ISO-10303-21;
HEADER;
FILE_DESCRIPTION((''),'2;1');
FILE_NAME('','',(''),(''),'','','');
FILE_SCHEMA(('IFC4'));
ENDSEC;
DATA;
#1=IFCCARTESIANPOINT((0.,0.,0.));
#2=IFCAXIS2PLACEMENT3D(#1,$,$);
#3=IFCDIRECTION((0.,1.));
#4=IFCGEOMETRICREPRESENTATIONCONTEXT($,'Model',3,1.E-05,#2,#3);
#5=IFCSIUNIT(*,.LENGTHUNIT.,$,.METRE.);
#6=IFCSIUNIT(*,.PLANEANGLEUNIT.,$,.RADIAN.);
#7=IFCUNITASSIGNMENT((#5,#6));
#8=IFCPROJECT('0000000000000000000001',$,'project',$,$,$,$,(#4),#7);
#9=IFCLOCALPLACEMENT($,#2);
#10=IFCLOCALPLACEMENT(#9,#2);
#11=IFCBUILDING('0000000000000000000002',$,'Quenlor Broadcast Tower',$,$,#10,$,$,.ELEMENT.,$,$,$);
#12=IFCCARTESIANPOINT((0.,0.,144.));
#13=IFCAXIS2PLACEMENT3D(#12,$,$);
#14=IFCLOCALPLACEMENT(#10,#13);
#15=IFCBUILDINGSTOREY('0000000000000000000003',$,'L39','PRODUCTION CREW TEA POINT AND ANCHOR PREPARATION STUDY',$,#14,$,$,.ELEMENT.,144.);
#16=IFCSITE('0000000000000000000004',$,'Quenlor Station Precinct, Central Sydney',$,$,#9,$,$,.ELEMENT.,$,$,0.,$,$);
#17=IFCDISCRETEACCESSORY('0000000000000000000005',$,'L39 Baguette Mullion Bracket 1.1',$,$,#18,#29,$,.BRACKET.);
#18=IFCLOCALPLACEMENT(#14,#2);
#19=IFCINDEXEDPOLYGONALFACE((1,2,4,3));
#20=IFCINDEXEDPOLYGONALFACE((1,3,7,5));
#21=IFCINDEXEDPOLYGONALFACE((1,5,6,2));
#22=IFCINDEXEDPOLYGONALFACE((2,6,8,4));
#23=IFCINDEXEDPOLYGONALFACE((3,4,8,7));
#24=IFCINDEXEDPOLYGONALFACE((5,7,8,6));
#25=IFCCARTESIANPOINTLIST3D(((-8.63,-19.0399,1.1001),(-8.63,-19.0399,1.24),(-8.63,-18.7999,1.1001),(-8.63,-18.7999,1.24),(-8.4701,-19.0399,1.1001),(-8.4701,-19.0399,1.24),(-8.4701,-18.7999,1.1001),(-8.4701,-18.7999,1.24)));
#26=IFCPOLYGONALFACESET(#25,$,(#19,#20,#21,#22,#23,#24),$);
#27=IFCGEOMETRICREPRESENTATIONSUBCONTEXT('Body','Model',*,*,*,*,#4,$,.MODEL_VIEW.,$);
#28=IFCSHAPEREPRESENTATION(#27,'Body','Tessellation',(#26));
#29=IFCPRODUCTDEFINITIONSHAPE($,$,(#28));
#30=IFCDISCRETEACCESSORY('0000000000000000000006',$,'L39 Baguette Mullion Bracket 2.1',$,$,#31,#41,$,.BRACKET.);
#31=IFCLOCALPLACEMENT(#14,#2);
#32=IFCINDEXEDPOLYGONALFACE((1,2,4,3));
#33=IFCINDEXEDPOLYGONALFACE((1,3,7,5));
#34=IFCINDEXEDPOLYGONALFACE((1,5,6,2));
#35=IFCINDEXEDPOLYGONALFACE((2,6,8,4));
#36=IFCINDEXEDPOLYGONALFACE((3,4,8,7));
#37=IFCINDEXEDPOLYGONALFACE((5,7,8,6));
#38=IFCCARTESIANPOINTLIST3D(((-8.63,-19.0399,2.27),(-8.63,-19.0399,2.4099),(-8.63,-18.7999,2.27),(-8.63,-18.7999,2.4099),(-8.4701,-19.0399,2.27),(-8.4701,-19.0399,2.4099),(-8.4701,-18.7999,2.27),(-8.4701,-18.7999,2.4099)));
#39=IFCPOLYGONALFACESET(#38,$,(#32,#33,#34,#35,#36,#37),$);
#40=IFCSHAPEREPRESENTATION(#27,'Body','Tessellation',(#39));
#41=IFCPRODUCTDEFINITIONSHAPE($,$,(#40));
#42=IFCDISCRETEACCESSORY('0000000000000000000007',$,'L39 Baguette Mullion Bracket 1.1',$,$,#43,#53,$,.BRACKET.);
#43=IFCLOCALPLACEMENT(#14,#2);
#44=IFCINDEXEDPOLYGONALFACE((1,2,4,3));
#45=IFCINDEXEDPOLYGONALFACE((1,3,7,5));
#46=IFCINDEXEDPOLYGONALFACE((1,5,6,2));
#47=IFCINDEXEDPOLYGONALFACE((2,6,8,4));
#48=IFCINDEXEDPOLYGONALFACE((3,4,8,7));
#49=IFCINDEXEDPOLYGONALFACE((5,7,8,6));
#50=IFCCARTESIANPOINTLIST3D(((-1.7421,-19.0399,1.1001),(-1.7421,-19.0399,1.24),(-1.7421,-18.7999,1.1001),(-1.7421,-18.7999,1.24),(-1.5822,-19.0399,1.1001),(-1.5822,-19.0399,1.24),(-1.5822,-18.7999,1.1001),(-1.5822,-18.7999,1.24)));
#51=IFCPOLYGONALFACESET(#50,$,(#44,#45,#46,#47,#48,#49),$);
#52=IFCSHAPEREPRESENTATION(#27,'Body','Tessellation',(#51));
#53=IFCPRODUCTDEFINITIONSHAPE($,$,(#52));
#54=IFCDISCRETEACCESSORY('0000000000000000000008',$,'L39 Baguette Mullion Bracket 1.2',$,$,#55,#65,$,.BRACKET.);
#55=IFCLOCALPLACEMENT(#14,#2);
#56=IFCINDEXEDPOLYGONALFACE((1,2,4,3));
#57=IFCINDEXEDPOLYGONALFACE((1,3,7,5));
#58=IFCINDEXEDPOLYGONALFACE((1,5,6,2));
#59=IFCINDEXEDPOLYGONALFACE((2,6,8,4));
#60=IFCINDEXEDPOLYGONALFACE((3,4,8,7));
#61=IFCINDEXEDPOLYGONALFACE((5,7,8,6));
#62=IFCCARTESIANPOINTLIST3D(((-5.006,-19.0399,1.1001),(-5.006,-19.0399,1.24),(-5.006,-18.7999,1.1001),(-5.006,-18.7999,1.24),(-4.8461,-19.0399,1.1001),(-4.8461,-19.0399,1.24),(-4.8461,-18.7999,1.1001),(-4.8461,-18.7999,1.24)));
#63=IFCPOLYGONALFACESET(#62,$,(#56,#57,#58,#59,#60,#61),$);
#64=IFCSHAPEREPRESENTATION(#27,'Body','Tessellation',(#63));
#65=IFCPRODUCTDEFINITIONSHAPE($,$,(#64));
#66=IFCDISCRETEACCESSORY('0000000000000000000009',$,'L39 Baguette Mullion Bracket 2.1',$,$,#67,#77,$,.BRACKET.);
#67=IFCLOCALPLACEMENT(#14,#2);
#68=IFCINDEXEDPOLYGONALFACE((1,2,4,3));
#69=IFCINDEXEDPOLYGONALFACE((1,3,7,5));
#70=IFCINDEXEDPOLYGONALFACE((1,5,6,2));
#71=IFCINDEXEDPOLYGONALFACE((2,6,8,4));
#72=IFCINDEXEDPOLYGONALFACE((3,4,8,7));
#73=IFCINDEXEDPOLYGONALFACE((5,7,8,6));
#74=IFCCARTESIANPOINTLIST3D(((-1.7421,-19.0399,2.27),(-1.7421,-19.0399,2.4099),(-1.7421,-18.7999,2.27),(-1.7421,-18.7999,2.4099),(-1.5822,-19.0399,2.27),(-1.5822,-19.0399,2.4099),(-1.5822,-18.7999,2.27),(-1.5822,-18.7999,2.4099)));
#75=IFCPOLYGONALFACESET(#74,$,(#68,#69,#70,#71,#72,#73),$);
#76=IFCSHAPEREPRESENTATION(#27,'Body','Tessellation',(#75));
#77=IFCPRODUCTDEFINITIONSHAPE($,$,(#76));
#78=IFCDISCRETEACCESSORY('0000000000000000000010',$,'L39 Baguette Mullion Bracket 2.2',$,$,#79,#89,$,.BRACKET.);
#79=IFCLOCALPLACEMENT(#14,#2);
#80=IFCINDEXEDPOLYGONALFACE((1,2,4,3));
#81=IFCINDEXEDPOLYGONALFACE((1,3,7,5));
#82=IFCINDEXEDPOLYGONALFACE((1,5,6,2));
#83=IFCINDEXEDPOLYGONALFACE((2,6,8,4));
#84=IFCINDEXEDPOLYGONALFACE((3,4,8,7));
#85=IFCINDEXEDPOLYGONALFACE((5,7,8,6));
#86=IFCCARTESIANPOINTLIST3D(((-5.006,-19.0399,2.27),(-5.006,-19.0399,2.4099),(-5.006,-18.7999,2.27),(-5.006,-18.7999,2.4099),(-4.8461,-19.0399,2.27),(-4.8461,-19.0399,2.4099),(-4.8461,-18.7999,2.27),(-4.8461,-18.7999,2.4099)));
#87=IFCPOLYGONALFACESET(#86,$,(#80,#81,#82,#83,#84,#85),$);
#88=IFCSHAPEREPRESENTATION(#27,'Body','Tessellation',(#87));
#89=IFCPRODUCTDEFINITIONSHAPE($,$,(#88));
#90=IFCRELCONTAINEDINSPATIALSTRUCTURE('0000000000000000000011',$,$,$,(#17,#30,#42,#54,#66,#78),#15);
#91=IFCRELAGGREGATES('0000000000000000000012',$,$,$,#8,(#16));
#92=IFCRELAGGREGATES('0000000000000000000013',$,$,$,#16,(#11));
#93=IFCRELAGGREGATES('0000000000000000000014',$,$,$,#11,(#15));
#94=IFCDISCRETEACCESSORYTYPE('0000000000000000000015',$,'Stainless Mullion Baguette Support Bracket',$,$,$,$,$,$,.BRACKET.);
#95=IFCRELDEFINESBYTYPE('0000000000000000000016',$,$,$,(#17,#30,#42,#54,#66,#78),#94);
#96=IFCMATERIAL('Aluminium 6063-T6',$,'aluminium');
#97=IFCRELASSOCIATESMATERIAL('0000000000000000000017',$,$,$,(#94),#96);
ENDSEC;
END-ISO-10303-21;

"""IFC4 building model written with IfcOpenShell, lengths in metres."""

from ifc_helpers import new_model, si_unit, direction, frame, origin, origin_2d, place, context, subcontext, project, spatial, rectangle, extrude, material, type_object, element, save


model = new_model("IFC4")

# Units and contexts
model_context = context("Model", 3, precision=1e-05, world=origin(), true_north=direction((0.0, 1.0)))
body_context = subcontext(model_context, "Body", "Model", "MODEL_VIEW")
ifc_project = project(units=[si_unit("LENGTHUNIT", "METRE"), si_unit("PLANEANGLEUNIT", "RADIAN")], contexts=[model_context])

# Site, building, storey
site_placement = place(None, origin())
site = spatial("IfcSite", under=ifc_project, at=site_placement, Name="Quenlor Station Precinct, Central Sydney", CompositionType="ELEMENT", RefElevation=0.0)
building_placement = place(site_placement, origin())
building = spatial("IfcBuilding", under=site, at=building_placement, Name="Quenlor Broadcast Tower", CompositionType="ELEMENT")
storey_placement = place(building_placement, frame((0.0, 0.0, 144.0)))
storey = spatial("IfcBuildingStorey", under=building, at=storey_placement, Name="L39", Description="PRODUCTION CREW TEA POINT AND ANCHOR PREPARATION STUDY", CompositionType="ELEMENT", Elevation=144.0)

# Discrete accessories
ifc_material_1 = material(Name="Aluminium 6063-T6", Category="aluminium")
discrete_accessory_type = type_object("IfcDiscreteAccessoryType", Name="Stainless Mullion Baguette Support Bracket", PredefinedType="BRACKET", material=ifc_material_1)
for number, where, z_axis, x_axis, name in (
    (1, (-8.55, -18.9199, 1.1001), (0.0, 0.0, 1.0), (-1.0, 0.0, 0.0), "L39 Baguette Mullion Bracket 1.1"),
    (2, (-8.55, -18.9199, 2.27), (0.0, 0.0, 1.0), (-1.0, 0.0, 0.0), "L39 Baguette Mullion Bracket 2.1"),
    (3, (-1.6621, -18.9199, 1.1001), (0.0, 0.0, 1.0), (-1.0, 0.0, 0.0), "L39 Baguette Mullion Bracket 1.1"),
    (4, (-4.926, -18.9199, 1.1001), (0.0, 0.0, 1.0), (-1.0, 0.0, 0.0), "L39 Baguette Mullion Bracket 1.2"),
    (5, (-1.6621, -18.9199, 2.27), (0.0, 0.0, 1.0), (-1.0, 0.0, 0.0), "L39 Baguette Mullion Bracket 2.1"),
    (6, (-4.926, -18.9199, 2.27), (0.0, 0.0, 1.0), (-1.0, 0.0, 0.0), "L39 Baguette Mullion Bracket 2.2"),
):
    element("IfcDiscreteAccessory", number, at=place(storey_placement, frame(where, z_axis=z_axis, x_axis=x_axis)), inside=storey, type_object=discrete_accessory_type, Name=name, PredefinedType="BRACKET", context=body_context, shape_type="SweptSolid", body=[
        extrude(rectangle(XDim=0.1599, YDim=0.24, at=origin_2d()), origin(), (0.0, 0.0, 1.0), 0.1399),
    ])

save(model, "model.ifc")
